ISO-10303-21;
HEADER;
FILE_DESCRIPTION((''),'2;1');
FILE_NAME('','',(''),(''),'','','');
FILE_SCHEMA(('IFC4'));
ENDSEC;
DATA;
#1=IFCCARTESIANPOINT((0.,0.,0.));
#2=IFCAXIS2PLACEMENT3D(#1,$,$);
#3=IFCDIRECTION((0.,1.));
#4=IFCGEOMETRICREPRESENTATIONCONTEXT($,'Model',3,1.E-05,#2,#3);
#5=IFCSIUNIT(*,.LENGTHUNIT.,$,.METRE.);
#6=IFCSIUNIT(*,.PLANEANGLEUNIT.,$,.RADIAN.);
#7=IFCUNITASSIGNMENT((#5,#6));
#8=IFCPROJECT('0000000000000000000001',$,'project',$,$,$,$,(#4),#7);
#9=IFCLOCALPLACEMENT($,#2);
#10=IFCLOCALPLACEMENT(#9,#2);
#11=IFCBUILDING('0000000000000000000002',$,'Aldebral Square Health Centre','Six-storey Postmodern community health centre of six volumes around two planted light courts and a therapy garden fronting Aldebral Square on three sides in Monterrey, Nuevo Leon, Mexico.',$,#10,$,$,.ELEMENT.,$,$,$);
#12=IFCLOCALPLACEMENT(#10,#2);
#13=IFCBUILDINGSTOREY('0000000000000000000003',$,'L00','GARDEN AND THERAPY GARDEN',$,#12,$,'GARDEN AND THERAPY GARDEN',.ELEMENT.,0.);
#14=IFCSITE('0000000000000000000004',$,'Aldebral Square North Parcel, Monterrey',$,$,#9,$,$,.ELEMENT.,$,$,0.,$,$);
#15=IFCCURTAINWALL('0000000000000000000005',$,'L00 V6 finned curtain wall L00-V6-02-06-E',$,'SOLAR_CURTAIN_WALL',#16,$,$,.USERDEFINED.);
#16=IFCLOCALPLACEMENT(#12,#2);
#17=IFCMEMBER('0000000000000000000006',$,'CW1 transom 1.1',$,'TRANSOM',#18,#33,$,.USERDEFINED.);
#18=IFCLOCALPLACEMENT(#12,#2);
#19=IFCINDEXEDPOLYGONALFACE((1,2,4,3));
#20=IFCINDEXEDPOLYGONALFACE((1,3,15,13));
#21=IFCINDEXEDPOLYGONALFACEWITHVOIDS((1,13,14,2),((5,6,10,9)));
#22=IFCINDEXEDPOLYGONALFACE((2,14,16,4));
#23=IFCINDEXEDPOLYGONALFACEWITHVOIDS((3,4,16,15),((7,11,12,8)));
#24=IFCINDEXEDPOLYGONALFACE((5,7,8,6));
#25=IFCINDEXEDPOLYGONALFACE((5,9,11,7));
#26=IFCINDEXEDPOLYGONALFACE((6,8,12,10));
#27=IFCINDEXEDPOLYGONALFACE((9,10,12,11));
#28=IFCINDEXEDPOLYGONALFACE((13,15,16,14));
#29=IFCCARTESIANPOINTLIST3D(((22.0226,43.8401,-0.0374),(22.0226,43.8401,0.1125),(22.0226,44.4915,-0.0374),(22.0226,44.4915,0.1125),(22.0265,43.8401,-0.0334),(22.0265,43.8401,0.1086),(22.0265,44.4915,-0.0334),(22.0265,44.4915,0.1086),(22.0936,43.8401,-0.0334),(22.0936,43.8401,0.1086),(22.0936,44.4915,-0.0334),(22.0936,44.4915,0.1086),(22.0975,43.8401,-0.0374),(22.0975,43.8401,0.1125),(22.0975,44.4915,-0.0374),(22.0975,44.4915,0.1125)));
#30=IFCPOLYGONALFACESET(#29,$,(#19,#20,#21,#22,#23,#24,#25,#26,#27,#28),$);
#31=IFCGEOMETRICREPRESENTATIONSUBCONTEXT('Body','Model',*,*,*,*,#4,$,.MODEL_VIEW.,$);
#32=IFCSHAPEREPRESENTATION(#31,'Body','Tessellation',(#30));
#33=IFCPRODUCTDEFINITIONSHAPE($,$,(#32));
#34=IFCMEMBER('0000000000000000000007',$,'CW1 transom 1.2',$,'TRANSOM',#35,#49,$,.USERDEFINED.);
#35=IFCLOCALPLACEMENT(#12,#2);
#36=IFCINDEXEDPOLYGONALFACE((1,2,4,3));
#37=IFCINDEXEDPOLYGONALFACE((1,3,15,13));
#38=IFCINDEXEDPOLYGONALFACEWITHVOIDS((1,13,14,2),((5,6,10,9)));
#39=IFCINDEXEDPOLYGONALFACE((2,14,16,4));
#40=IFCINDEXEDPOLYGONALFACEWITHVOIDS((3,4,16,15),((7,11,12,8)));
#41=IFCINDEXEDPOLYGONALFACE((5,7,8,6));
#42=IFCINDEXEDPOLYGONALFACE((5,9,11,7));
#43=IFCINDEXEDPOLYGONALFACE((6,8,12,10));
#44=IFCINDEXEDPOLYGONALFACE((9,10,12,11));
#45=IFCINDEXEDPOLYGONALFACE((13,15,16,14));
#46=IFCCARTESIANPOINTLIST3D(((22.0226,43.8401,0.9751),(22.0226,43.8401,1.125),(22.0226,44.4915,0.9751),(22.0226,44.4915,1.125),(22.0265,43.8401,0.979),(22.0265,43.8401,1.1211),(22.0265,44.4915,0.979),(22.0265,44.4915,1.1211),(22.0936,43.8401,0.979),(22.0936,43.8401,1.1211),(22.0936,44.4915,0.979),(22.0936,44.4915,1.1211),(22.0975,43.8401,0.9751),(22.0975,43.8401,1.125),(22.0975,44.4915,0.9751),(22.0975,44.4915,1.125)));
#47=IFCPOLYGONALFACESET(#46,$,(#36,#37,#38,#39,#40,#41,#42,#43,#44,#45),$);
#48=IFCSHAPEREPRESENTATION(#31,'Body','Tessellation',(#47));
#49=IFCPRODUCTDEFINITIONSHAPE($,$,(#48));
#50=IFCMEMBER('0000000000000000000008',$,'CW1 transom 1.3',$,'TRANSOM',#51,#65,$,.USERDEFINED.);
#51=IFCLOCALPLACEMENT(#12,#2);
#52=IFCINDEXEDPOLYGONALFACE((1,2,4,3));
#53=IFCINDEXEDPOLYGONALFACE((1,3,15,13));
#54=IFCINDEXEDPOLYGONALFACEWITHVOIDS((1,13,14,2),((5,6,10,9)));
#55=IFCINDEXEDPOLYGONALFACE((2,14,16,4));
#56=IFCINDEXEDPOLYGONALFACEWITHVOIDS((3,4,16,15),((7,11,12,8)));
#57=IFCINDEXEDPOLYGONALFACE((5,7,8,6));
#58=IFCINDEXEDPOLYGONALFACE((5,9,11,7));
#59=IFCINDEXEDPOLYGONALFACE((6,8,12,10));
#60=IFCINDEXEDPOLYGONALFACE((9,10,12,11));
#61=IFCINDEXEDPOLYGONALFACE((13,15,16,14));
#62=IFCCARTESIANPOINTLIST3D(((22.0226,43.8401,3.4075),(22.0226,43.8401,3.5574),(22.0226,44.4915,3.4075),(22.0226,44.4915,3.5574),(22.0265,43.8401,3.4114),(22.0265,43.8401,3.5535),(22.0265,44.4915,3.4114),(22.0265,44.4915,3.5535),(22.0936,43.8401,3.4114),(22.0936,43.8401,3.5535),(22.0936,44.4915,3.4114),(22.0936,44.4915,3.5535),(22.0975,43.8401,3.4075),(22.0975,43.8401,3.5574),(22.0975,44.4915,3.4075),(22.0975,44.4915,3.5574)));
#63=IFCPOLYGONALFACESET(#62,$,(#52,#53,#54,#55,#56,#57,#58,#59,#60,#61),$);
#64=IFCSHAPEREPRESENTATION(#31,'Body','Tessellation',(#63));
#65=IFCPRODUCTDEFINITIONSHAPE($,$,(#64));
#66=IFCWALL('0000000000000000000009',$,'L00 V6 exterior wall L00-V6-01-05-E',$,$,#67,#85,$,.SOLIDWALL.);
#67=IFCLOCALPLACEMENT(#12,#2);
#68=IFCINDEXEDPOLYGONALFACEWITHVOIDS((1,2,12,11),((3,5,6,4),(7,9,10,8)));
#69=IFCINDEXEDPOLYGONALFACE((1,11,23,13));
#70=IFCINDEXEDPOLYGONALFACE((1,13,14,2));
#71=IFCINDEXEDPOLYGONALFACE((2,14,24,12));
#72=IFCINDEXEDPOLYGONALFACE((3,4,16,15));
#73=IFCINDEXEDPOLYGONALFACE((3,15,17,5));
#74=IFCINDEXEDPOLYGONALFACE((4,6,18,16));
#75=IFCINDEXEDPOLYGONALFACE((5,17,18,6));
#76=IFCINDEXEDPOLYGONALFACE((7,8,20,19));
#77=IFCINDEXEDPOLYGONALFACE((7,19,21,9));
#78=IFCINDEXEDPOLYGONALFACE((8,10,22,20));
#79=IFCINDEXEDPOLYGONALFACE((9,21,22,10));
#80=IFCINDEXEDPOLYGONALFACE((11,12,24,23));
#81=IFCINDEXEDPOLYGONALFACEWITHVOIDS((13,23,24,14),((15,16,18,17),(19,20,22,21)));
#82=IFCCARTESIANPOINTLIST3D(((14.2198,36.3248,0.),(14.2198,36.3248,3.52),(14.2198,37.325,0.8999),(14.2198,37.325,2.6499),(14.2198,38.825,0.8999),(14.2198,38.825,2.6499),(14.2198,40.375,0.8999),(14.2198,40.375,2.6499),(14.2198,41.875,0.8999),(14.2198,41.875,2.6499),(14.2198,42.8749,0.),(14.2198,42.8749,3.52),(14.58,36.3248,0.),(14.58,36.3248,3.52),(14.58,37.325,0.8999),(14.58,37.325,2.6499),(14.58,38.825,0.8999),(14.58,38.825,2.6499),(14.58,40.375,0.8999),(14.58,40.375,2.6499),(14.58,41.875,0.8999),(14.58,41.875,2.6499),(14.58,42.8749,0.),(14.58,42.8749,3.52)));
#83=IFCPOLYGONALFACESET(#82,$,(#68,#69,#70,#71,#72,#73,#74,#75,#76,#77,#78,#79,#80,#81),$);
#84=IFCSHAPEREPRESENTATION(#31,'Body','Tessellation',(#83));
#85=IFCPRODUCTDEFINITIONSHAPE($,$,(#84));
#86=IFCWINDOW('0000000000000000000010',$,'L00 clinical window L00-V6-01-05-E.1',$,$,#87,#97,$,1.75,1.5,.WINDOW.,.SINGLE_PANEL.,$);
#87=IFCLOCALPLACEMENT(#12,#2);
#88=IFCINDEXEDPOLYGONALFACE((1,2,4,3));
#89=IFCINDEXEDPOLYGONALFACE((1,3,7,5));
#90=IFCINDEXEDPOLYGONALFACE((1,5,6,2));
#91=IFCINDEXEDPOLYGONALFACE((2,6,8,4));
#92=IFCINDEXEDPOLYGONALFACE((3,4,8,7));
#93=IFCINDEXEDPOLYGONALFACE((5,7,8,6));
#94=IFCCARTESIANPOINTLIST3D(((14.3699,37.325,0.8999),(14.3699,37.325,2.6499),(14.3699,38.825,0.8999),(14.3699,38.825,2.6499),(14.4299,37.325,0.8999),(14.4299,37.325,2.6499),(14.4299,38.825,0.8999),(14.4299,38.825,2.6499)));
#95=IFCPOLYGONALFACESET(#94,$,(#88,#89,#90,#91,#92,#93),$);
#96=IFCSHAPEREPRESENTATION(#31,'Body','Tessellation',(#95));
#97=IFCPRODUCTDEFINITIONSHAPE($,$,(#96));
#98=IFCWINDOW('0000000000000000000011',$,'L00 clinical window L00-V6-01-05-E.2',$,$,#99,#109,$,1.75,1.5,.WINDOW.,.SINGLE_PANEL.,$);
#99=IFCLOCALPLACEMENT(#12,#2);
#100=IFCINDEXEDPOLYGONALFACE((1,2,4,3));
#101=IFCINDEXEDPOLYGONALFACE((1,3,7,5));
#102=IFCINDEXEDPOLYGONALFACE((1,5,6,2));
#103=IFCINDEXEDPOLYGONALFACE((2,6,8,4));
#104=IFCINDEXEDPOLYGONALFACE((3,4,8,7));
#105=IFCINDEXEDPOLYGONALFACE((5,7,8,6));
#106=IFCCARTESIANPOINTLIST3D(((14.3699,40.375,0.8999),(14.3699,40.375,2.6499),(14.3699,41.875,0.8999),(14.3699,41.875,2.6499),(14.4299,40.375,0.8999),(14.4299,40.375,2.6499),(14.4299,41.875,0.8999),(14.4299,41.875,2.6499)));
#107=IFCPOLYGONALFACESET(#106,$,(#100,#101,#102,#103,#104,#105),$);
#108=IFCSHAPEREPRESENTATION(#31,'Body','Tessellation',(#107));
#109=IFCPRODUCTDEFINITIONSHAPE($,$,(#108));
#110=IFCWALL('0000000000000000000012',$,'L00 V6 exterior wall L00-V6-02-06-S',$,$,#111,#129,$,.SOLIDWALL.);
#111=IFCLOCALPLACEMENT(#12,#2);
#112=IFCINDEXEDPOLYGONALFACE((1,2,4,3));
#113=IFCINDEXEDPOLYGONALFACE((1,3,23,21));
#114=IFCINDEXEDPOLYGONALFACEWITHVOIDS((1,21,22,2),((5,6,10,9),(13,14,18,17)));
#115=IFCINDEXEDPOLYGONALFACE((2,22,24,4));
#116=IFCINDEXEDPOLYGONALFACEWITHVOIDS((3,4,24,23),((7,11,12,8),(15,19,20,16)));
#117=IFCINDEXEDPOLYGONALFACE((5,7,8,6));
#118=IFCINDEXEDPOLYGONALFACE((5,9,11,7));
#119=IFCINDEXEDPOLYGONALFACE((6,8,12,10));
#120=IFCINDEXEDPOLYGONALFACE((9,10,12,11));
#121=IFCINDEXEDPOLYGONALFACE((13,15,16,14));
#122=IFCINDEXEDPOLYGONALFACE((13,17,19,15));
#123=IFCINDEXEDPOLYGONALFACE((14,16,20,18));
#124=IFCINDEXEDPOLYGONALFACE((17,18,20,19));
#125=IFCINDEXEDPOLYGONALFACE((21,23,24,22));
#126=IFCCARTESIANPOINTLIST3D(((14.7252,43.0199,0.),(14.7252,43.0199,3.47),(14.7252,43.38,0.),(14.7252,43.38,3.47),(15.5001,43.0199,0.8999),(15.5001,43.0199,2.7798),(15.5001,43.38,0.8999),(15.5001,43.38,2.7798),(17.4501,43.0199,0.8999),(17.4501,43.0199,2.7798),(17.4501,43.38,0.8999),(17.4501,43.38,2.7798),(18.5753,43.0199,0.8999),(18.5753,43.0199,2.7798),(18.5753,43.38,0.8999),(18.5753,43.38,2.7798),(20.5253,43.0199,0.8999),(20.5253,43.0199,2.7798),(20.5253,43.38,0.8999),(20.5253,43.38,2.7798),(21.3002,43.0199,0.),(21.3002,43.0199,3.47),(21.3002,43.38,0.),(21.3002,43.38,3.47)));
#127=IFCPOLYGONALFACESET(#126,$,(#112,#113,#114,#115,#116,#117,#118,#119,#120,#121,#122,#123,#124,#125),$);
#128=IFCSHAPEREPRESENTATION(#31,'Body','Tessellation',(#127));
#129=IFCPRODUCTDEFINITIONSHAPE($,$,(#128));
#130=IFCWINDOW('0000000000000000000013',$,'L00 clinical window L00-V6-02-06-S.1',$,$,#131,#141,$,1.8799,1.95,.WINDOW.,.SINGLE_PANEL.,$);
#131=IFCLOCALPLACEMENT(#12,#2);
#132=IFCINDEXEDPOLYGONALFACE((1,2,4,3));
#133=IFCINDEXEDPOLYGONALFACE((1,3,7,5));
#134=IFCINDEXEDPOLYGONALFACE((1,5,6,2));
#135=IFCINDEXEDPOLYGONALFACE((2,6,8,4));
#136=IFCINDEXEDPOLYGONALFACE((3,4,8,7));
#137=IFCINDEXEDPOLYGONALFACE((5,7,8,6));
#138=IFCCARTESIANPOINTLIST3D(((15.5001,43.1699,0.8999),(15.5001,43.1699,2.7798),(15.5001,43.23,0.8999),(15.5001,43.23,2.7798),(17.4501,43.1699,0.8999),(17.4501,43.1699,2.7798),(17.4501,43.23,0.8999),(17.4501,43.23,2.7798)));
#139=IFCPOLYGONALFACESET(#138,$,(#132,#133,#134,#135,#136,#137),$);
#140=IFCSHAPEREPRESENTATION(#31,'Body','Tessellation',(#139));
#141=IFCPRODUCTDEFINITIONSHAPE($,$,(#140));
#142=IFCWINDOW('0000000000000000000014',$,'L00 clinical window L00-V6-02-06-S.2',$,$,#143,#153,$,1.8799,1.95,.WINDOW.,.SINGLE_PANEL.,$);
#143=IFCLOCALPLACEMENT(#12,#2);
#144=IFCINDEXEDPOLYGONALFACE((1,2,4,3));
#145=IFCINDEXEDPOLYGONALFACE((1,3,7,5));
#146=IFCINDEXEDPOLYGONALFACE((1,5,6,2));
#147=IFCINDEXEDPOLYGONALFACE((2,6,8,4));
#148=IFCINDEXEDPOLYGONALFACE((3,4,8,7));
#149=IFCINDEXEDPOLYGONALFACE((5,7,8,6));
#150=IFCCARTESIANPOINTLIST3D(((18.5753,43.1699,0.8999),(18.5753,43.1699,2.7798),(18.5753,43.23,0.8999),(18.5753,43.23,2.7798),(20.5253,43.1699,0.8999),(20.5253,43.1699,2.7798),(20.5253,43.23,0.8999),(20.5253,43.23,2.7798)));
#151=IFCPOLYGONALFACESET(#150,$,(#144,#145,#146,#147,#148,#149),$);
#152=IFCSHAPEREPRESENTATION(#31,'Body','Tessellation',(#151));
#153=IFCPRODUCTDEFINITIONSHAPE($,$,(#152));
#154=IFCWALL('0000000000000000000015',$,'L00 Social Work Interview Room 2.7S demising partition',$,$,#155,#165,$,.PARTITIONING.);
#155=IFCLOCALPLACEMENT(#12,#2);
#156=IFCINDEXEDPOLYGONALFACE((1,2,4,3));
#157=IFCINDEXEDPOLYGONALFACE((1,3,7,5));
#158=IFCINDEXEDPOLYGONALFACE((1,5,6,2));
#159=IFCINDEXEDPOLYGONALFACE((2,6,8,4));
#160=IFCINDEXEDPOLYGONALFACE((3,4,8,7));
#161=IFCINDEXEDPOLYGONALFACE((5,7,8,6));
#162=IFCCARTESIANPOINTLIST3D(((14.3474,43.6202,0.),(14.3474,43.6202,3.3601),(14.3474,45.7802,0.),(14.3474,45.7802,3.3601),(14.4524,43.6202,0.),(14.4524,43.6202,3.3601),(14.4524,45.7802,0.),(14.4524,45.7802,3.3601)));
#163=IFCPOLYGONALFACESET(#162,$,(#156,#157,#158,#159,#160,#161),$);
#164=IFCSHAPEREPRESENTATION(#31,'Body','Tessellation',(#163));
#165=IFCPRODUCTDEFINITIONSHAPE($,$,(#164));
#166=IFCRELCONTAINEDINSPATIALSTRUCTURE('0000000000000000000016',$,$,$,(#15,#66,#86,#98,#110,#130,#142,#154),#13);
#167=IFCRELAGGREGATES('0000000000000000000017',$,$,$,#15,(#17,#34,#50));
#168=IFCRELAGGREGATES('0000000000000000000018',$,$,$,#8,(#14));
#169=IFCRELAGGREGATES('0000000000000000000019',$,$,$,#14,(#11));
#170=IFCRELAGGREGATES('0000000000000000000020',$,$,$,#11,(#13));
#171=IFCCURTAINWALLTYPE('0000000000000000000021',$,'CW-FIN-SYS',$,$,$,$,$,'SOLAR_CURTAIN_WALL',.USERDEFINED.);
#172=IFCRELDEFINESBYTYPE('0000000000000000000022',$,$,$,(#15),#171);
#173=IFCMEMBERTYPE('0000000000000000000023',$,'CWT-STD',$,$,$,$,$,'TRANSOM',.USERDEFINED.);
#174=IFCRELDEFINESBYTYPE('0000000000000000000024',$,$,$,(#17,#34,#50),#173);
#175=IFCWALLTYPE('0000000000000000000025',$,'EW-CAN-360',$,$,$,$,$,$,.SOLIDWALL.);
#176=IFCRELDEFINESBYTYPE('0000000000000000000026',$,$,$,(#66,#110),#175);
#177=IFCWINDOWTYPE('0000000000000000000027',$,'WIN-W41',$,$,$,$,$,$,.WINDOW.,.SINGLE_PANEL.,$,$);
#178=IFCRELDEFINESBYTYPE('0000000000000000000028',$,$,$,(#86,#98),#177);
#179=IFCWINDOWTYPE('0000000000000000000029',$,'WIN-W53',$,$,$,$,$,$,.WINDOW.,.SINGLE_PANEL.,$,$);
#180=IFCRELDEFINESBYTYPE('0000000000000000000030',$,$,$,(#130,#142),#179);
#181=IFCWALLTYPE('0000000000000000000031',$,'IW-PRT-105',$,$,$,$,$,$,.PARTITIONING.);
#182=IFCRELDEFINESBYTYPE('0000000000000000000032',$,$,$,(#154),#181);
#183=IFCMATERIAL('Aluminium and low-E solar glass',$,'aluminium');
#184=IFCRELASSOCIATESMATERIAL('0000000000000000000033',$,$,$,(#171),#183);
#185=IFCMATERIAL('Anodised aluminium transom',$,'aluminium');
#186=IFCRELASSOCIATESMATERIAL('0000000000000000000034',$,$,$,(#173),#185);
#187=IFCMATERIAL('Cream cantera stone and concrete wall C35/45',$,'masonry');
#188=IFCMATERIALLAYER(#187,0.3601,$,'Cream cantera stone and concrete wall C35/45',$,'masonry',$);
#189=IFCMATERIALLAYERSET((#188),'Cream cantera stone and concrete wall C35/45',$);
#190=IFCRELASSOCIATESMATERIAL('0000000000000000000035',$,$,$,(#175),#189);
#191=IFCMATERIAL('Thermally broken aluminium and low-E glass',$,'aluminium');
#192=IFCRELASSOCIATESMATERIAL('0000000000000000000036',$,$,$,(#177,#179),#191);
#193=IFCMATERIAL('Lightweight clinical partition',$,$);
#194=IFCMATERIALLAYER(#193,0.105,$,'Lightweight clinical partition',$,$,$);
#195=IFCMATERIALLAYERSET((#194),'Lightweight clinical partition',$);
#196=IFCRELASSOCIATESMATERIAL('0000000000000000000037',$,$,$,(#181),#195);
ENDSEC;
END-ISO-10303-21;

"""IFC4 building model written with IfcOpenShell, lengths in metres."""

from ifc_helpers import new_model, si_unit, direction, frame, frame_2d, origin, origin_2d, place, context, subcontext, project, spatial, rectangle, hollow_rectangle, extrude, material, layer, layer_set, material_profile, profile_set, type_object, element, fill, aggregate, save


model = new_model("IFC4")

# Units and contexts
model_context = context("Model", 3, precision=1e-05, world=origin(), true_north=direction((0.0, 1.0)))
body_context = subcontext(model_context, "Body", "Model", "MODEL_VIEW")
ifc_project = project(units=[si_unit("LENGTHUNIT", "METRE"), si_unit("PLANEANGLEUNIT", "RADIAN")], contexts=[model_context])

# Site, building, storey
site_placement = place(None, origin())
site = spatial("IfcSite", under=ifc_project, at=site_placement, Name="Aldebral Square North Parcel, Monterrey", CompositionType="ELEMENT", RefElevation=0.0)
building_placement = place(site_placement, origin())
building = spatial("IfcBuilding", under=site, at=building_placement, Name="Aldebral Square Health Centre", Description="Six-storey Postmodern community health centre of six volumes around two planted light courts and a therapy garden fronting Aldebral Square on three sides in Monterrey, Nuevo Leon, Mexico.", CompositionType="ELEMENT")
storey_placement = place(building_placement, origin())
storey = spatial("IfcBuildingStorey", under=building, at=storey_placement, Name="L00", Description="GARDEN AND THERAPY GARDEN", LongName="GARDEN AND THERAPY GARDEN", CompositionType="ELEMENT", Elevation=0.0)

# Curtain wall, members
ifc_material_1 = material(Name="Aluminium and low-E solar glass", Category="aluminium")
curtain_wall_type = type_object("IfcCurtainWallType", Name="CW-FIN-SYS", ElementType="SOLAR_CURTAIN_WALL", PredefinedType="USERDEFINED", material=ifc_material_1)
curtain_wall_placement = place(storey_placement, origin())
curtain_wall = element("IfcCurtainWall", 1, at=curtain_wall_placement, inside=storey, type_object=curtain_wall_type, Name="L00 V6 finned curtain wall L00-V6-02-06-E", ObjectType="SOLAR_CURTAIN_WALL", PredefinedType="USERDEFINED")
ifc_material_2 = material(Name="Anodised aluminium transom", Category="aluminium")
ifc_material_profile_1 = material_profile(ifc_material_2, hollow_rectangle(XDim=0.075, YDim=0.1499, WallThickness=0.0039, at=origin_2d()), Name="CWT 75x150x4")
ifc_profile_set_1 = profile_set([ifc_material_profile_1], Name="Anodised aluminium transom")
member_type_1 = type_object("IfcMemberType", Name="CWT-STD", ElementType="TRANSOM", PredefinedType="USERDEFINED", material=ifc_profile_set_1)
member_1_placement = place(storey_placement, frame((22.0601, 43.8401, 0.0376), z_axis=(0.0, 1.0, 0.0), x_axis=(-1.0, 0.0, 0.0)))
member_1 = element("IfcMember", 2, at=member_1_placement, type_object=member_type_1, Name="CW1 transom 1.1", ObjectType="TRANSOM", PredefinedType="USERDEFINED", context=body_context, shape_type="SweptSolid", body=[
    extrude(hollow_rectangle(XDim=0.075, YDim=0.1499, WallThickness=0.0039, at=origin_2d()), origin(), (0.0, 0.0, 1.0), 0.6514),
])
member_2_placement = place(storey_placement, frame((22.0601, 43.8401, 1.05), z_axis=(0.0, 1.0, 0.0), x_axis=(-1.0, 0.0, 0.0)))
member_2 = element("IfcMember", 3, at=member_2_placement, type_object=member_type_1, Name="CW1 transom 1.2", ObjectType="TRANSOM", PredefinedType="USERDEFINED", context=body_context, shape_type="SweptSolid", body=[
    extrude(hollow_rectangle(XDim=0.075, YDim=0.1499, WallThickness=0.0039, at=origin_2d()), origin(), (0.0, 0.0, 1.0), 0.6514),
])
member_3_placement = place(storey_placement, frame((22.0601, 43.8401, 3.4824), z_axis=(0.0, 1.0, 0.0), x_axis=(-1.0, 0.0, 0.0)))
member_3 = element("IfcMember", 4, at=member_3_placement, type_object=member_type_1, Name="CW1 transom 1.3", ObjectType="TRANSOM", PredefinedType="USERDEFINED", context=body_context, shape_type="SweptSolid", body=[
    extrude(hollow_rectangle(XDim=0.075, YDim=0.1499, WallThickness=0.0039, at=origin_2d()), origin(), (0.0, 0.0, 1.0), 0.6514),
])
aggregate(curtain_wall, [member_1, member_2, member_3])

# Walls, openings, windows
ifc_material_3 = material(Name="Cream cantera stone and concrete wall C35/45", Category="masonry")
ifc_layer_1 = layer(ifc_material_3, 0.3601, Name="Cream cantera stone and concrete wall C35/45", Category="masonry")
ifc_layer_set_1 = layer_set([ifc_layer_1], Name="Cream cantera stone and concrete wall C35/45")
wall_type_1 = type_object("IfcWallType", Name="EW-CAN-360", PredefinedType="SOLIDWALL", material=ifc_layer_set_1)
wall_1_placement = place(storey_placement, frame((14.3999, 36.325, 0.0), z_axis=(0.0, 0.0, 1.0), x_axis=(0.0, 1.0, 0.0)))
wall_1 = element("IfcWall", 5, at=wall_1_placement, inside=storey, type_object=wall_type_1, Name="L00 V6 exterior wall L00-V6-01-05-E", PredefinedType="SOLIDWALL", context=body_context, shape_type="SweptSolid", body=[
    extrude(rectangle(XDim=6.55, YDim=0.3601, at=frame_2d((3.2749, 0.0))), origin(), (0.0, 0.0, 1.0), 3.52),
])
opening_1_placement = place(wall_1_placement, frame((1.0, 0.0, 0.8999)))
opening_1 = element("IfcOpeningElement", 6, at=opening_1_placement, cuts=wall_1, PredefinedType="OPENING", context=body_context, shape_type="SweptSolid", body=[
    extrude(rectangle(XDim=1.5, YDim=1.75, at=frame_2d((0.75, 0.875))), frame((0.0, 0.1899, 0.0), z_axis=(0.0, -1.0, 0.0), x_axis=(1.0, 0.0, 0.0)), (0.0, 0.0, 1.0), 0.3801),
])
opening_2_placement = place(wall_1_placement, frame((4.05, 0.0, 0.8999)))
opening_2 = element("IfcOpeningElement", 7, at=opening_2_placement, cuts=wall_1, PredefinedType="OPENING", context=body_context, shape_type="SweptSolid", body=[
    extrude(rectangle(XDim=1.5, YDim=1.75, at=frame_2d((0.75, 0.875))), frame((0.0, 0.1899, 0.0), z_axis=(0.0, -1.0, 0.0), x_axis=(1.0, 0.0, 0.0)), (0.0, 0.0, 1.0), 0.3801),
])
ifc_material_4 = material(Name="Thermally broken aluminium and low-E glass", Category="aluminium")
window_type_1 = type_object("IfcWindowType", Name="WIN-W41", PartitioningType="SINGLE_PANEL", PredefinedType="WINDOW", material=ifc_material_4)
window_1_placement = place(opening_1_placement, origin())
window_1 = element("IfcWindow", 8, at=window_1_placement, inside=storey, type_object=window_type_1, Name="L00 clinical window L00-V6-01-05-E.1", OverallHeight=1.75, OverallWidth=1.5, PartitioningType="SINGLE_PANEL", PredefinedType="WINDOW", context=body_context, shape_type="SweptSolid", body=[
    extrude(rectangle(XDim=1.5, YDim=1.75, at=frame_2d((0.75, 0.875))), frame((0.0, 0.03, 0.0), z_axis=(0.0, -1.0, 0.0), x_axis=(1.0, 0.0, 0.0)), (0.0, 0.0, 1.0), 0.0601),
])
fill(opening_1, window_1)
window_2_placement = place(opening_2_placement, origin())
window_2 = element("IfcWindow", 9, at=window_2_placement, inside=storey, type_object=window_type_1, Name="L00 clinical window L00-V6-01-05-E.2", OverallHeight=1.75, OverallWidth=1.5, PartitioningType="SINGLE_PANEL", PredefinedType="WINDOW", context=body_context, shape_type="SweptSolid", body=[
    extrude(rectangle(XDim=1.5, YDim=1.75, at=frame_2d((0.75, 0.875))), frame((0.0, 0.03, 0.0), z_axis=(0.0, -1.0, 0.0), x_axis=(1.0, 0.0, 0.0)), (0.0, 0.0, 1.0), 0.0601),
])
fill(opening_2, window_2)
wall_2_placement = place(storey_placement, frame((14.7251, 43.2, 0.0), z_axis=(0.0, 0.0, 1.0), x_axis=(1.0, 0.0, 0.0)))
wall_2 = element("IfcWall", 10, at=wall_2_placement, inside=storey, type_object=wall_type_1, Name="L00 V6 exterior wall L00-V6-02-06-S", PredefinedType="SOLIDWALL", context=body_context, shape_type="SweptSolid", body=[
    extrude(rectangle(XDim=6.575, YDim=0.3601, at=frame_2d((3.2876, 0.0))), origin(), (0.0, 0.0, 1.0), 3.47),
])
opening_3_placement = place(wall_2_placement, frame((0.7749, 0.0, 0.8999)))
opening_3 = element("IfcOpeningElement", 11, at=opening_3_placement, cuts=wall_2, PredefinedType="OPENING", context=body_context, shape_type="SweptSolid", body=[
    extrude(rectangle(XDim=1.95, YDim=1.8799, at=frame_2d((0.9751, 0.9399))), frame((0.0, 0.1899, 0.0), z_axis=(0.0, -1.0, 0.0), x_axis=(1.0, 0.0, 0.0)), (0.0, 0.0, 1.0), 0.3801),
])
opening_4_placement = place(wall_2_placement, frame((3.8501, 0.0, 0.8999)))
opening_4 = element("IfcOpeningElement", 12, at=opening_4_placement, cuts=wall_2, PredefinedType="OPENING", context=body_context, shape_type="SweptSolid", body=[
    extrude(rectangle(XDim=1.95, YDim=1.8799, at=frame_2d((0.9751, 0.9399))), frame((0.0, 0.1899, 0.0), z_axis=(0.0, -1.0, 0.0), x_axis=(1.0, 0.0, 0.0)), (0.0, 0.0, 1.0), 0.3801),
])
window_type_2 = type_object("IfcWindowType", Name="WIN-W53", PartitioningType="SINGLE_PANEL", PredefinedType="WINDOW", material=ifc_material_4)
window_3_placement = place(opening_3_placement, origin())
window_3 = element("IfcWindow", 13, at=window_3_placement, inside=storey, type_object=window_type_2, Name="L00 clinical window L00-V6-02-06-S.1", OverallHeight=1.8799, OverallWidth=1.95, PartitioningType="SINGLE_PANEL", PredefinedType="WINDOW", context=body_context, shape_type="SweptSolid", body=[
    extrude(rectangle(XDim=1.95, YDim=1.8799, at=frame_2d((0.9751, 0.9399))), frame((0.0, 0.03, 0.0), z_axis=(0.0, -1.0, 0.0), x_axis=(1.0, 0.0, 0.0)), (0.0, 0.0, 1.0), 0.0601),
])
fill(opening_3, window_3)
window_4_placement = place(opening_4_placement, origin())
window_4 = element("IfcWindow", 14, at=window_4_placement, inside=storey, type_object=window_type_2, Name="L00 clinical window L00-V6-02-06-S.2", OverallHeight=1.8799, OverallWidth=1.95, PartitioningType="SINGLE_PANEL", PredefinedType="WINDOW", context=body_context, shape_type="SweptSolid", body=[
    extrude(rectangle(XDim=1.95, YDim=1.8799, at=frame_2d((0.9751, 0.9399))), frame((0.0, 0.03, 0.0), z_axis=(0.0, -1.0, 0.0), x_axis=(1.0, 0.0, 0.0)), (0.0, 0.0, 1.0), 0.0601),
])
fill(opening_4, window_4)

# Wall
ifc_material_5 = material(Name="Lightweight clinical partition")
ifc_layer_2 = layer(ifc_material_5, 0.105, Name="Lightweight clinical partition")
ifc_layer_set_2 = layer_set([ifc_layer_2], Name="Lightweight clinical partition")
wall_type_2 = type_object("IfcWallType", Name="IW-PRT-105", PredefinedType="PARTITIONING", material=ifc_layer_set_2)
wall_3_placement = place(storey_placement, frame((14.3999, 43.6201, 0.0), z_axis=(0.0, 0.0, 1.0), x_axis=(0.0, 1.0, 0.0)))
element("IfcWall", 15, at=wall_3_placement, inside=storey, type_object=wall_type_2, Name="L00 Social Work Interview Room 2.7S demising partition", PredefinedType="PARTITIONING", context=body_context, shape_type="SweptSolid", body=[
    extrude(rectangle(XDim=2.1599, YDim=0.105, at=frame_2d((1.0801, 0.0))), origin(), (0.0, 0.0, 1.0), 3.3601),
])

save(model, "model.ifc")
